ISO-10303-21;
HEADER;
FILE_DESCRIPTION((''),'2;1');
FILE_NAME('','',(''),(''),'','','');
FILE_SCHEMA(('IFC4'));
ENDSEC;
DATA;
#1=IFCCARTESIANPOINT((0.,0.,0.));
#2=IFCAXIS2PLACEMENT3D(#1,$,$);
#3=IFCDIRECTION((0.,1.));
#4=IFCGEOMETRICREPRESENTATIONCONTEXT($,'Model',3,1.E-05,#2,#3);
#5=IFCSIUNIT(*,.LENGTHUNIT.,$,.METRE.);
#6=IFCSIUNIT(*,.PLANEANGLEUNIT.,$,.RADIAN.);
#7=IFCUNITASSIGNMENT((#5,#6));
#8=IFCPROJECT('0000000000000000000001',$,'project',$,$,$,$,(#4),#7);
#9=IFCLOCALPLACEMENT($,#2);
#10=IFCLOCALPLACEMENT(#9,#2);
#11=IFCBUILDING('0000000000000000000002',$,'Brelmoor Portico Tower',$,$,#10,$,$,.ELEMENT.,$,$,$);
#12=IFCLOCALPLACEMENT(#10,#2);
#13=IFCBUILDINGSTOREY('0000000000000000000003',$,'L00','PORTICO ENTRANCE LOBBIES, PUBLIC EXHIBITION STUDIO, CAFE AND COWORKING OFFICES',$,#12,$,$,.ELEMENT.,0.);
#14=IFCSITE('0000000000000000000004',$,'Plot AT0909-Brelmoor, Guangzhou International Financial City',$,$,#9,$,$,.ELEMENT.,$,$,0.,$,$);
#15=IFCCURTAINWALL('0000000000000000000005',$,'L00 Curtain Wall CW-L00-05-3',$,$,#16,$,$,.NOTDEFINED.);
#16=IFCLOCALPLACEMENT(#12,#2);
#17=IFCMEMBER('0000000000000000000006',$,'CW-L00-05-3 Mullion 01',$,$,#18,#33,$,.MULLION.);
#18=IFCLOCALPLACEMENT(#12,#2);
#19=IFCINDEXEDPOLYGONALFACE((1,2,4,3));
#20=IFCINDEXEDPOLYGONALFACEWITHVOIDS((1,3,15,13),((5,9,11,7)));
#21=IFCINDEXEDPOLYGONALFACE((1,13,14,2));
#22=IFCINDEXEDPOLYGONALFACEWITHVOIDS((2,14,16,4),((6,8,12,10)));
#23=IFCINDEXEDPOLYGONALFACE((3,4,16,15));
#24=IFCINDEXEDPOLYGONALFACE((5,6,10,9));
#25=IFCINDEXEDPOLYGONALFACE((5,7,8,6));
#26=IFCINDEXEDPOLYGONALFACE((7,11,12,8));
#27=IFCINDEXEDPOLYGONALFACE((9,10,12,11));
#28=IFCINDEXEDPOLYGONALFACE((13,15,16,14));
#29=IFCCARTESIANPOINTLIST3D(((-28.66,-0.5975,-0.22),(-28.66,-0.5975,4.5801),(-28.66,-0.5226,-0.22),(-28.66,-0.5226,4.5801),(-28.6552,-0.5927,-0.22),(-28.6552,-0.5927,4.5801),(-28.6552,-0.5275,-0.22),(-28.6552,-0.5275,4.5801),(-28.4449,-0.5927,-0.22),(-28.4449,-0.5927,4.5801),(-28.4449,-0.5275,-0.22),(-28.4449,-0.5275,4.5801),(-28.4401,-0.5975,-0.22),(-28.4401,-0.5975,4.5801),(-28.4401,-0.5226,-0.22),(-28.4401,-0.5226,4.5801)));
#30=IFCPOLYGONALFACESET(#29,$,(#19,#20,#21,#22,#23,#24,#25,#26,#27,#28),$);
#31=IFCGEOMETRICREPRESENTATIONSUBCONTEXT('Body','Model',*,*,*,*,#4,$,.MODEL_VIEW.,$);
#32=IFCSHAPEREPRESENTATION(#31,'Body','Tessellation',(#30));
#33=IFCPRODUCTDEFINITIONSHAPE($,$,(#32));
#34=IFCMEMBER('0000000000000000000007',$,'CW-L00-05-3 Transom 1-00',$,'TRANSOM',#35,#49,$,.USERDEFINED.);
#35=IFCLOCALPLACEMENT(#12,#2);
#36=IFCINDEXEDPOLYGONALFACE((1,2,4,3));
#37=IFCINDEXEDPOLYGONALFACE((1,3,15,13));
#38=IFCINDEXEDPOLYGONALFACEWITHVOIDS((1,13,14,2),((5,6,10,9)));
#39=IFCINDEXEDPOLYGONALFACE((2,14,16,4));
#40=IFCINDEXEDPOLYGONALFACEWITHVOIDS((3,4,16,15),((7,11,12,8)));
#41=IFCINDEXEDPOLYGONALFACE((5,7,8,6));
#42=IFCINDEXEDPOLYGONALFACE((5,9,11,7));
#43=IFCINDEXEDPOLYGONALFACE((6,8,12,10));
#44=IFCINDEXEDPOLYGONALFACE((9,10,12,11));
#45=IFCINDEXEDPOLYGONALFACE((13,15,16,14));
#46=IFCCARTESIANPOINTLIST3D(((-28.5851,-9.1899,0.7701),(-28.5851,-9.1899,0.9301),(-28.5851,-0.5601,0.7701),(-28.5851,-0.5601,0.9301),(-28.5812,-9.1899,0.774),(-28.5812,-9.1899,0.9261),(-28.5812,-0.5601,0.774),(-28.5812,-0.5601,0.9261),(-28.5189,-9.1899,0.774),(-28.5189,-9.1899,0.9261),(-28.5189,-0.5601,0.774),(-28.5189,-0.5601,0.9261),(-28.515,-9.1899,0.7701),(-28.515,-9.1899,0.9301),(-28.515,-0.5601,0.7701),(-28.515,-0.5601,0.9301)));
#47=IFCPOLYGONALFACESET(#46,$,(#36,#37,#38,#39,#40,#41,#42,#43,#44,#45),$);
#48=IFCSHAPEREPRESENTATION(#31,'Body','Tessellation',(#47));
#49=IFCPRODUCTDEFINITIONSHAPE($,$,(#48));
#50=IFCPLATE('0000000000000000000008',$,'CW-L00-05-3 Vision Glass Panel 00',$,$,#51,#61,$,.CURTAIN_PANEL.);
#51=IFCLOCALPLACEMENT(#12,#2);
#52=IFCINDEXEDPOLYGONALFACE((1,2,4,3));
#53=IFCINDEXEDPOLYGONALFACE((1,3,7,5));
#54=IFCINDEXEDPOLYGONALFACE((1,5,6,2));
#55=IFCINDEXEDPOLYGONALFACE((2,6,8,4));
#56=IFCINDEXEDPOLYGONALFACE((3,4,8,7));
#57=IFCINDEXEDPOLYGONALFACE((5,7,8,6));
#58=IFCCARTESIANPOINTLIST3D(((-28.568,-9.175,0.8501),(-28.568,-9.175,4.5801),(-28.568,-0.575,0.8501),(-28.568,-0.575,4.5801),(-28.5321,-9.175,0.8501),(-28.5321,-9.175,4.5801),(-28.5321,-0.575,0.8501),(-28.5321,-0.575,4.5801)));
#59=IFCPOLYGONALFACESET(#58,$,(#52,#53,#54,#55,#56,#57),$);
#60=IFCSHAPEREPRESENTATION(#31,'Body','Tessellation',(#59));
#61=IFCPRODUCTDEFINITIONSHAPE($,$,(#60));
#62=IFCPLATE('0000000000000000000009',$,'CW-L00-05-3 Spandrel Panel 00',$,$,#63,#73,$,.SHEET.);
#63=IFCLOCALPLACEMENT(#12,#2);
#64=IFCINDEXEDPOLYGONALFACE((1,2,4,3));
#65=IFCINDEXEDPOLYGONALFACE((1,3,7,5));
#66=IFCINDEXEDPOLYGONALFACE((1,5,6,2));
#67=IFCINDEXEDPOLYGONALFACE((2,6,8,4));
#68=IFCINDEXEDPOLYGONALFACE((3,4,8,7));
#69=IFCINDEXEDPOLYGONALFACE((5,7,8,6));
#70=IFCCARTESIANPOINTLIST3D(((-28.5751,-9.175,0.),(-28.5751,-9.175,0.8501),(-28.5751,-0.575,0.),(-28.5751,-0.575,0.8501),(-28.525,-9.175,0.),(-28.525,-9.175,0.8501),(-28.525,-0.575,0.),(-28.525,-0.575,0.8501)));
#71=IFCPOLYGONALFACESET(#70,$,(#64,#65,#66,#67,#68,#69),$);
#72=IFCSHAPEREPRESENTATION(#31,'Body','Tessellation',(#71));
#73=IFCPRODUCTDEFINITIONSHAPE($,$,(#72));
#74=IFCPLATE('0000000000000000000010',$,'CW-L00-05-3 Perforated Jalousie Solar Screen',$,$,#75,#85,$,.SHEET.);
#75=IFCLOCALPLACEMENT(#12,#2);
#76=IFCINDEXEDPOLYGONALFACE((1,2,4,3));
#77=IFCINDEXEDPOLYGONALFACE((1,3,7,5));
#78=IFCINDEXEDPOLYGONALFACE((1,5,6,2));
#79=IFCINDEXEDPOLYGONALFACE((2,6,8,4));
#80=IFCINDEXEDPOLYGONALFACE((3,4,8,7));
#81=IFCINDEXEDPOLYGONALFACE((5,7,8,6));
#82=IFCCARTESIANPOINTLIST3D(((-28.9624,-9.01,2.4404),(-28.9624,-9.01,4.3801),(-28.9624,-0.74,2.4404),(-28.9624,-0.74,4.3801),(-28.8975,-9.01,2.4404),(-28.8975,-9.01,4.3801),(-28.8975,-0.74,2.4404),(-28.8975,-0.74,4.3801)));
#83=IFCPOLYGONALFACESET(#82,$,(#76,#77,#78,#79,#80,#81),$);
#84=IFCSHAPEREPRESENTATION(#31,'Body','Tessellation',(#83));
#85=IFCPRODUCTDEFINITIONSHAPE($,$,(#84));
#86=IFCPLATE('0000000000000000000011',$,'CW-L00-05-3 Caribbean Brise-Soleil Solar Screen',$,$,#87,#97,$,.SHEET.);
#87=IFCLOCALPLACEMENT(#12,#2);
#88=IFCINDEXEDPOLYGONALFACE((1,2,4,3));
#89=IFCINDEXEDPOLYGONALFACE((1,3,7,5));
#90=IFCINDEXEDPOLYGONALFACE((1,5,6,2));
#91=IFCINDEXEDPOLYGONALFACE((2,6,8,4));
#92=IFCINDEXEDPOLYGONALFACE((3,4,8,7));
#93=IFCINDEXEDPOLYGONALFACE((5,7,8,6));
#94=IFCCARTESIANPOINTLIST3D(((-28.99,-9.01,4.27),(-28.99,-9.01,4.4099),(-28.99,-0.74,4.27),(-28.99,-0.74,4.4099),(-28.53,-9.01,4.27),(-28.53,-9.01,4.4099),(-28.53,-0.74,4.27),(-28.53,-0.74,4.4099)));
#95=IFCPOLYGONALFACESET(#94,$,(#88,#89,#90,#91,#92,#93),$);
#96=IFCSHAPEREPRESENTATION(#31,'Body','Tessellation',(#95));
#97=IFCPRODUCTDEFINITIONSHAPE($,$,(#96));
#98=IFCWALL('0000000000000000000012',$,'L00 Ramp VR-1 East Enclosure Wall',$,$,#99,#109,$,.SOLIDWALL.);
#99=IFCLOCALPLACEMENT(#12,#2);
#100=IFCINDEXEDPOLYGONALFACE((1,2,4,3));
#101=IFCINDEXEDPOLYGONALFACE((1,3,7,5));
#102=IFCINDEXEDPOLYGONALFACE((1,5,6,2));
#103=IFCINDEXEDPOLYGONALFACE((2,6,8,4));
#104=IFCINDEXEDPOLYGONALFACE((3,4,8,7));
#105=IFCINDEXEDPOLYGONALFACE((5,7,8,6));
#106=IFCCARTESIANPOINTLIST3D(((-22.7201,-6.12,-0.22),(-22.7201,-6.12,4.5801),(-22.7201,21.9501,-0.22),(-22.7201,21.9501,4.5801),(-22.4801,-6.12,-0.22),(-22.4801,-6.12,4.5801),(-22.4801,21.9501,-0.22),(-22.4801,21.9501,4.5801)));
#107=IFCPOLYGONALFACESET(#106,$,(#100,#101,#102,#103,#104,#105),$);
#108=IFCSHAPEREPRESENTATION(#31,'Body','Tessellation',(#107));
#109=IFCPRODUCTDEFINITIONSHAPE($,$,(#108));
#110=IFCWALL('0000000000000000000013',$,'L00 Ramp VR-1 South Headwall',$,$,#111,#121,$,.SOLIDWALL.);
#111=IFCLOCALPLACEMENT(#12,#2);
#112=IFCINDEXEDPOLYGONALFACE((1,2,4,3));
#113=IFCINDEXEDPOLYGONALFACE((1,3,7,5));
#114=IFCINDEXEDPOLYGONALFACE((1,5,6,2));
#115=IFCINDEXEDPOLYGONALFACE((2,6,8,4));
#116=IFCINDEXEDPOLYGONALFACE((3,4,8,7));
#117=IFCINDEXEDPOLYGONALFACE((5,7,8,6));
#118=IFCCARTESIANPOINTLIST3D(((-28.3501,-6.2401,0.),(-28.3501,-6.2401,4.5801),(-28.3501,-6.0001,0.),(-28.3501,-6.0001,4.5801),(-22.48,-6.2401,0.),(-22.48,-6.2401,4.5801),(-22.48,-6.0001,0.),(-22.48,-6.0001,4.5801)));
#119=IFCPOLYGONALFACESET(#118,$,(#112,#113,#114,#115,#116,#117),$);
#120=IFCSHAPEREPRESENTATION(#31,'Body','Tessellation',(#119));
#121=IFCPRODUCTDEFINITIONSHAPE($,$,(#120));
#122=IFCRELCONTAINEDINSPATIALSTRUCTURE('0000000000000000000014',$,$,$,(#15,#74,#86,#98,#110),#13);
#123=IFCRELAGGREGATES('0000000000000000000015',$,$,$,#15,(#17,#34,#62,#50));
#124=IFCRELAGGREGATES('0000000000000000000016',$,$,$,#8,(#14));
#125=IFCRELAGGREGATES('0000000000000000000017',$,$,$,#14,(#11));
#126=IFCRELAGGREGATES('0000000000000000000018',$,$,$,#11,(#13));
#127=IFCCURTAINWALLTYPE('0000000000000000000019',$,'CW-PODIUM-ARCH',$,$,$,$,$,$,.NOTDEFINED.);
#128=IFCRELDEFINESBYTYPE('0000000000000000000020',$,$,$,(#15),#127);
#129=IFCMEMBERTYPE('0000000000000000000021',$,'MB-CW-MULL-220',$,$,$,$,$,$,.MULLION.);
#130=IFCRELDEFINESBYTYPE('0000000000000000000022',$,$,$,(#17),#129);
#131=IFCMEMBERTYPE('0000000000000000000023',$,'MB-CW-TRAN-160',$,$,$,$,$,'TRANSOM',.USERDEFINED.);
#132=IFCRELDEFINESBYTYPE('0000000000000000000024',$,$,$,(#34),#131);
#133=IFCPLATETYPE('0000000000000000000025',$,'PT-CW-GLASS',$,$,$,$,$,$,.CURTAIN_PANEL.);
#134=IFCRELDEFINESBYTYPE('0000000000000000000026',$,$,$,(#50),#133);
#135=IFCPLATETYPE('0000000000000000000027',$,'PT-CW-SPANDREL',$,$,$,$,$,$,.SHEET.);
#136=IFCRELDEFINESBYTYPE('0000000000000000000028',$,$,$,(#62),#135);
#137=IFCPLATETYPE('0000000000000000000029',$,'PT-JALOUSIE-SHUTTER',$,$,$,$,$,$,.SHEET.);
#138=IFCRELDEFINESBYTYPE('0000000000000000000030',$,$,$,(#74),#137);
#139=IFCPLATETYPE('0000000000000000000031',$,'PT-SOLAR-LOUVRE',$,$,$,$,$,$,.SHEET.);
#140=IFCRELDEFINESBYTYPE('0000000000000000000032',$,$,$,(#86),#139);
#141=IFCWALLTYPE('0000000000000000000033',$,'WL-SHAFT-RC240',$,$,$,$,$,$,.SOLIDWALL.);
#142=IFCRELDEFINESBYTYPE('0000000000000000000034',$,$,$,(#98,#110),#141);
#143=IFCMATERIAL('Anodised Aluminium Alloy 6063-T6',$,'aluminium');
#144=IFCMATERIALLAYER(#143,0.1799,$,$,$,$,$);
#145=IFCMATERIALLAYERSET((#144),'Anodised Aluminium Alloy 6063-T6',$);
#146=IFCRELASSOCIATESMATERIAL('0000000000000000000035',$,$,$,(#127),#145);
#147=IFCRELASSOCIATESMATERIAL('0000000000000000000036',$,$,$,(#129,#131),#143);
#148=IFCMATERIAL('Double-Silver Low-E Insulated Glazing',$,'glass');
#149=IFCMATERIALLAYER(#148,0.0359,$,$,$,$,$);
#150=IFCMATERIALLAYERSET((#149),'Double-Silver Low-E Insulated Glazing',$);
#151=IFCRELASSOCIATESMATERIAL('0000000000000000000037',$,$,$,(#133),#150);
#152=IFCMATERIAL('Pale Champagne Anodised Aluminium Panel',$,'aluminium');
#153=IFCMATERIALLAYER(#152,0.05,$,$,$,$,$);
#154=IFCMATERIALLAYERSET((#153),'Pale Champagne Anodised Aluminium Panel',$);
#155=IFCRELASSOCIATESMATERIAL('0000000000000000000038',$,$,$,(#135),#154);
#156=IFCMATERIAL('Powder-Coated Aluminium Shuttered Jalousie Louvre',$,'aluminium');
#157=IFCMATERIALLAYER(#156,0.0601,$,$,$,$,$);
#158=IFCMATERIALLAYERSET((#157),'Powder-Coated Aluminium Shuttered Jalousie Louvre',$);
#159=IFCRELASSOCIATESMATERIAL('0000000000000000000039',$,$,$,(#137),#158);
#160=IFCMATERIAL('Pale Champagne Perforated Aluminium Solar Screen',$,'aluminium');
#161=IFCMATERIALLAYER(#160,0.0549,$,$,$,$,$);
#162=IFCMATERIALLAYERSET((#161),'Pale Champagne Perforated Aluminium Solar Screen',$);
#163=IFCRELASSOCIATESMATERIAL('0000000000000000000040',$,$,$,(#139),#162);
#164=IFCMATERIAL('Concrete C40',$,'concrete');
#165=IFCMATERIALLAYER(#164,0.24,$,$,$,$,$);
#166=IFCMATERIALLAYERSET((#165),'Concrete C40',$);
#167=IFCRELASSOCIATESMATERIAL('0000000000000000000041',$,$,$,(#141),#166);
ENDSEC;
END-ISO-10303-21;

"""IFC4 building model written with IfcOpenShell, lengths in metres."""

from ifc_helpers import new_model, si_unit, direction, frame, frame_2d, origin, origin_2d, place, context, subcontext, project, spatial, rectangle, hollow_rectangle, extrude, material, layer, layer_set, material_profile, profile_set, type_object, element, aggregate, save


model = new_model("IFC4")

# Units and contexts
model_context = context("Model", 3, precision=1e-05, world=origin(), true_north=direction((0.0, 1.0)))
body_context = subcontext(model_context, "Body", "Model", "MODEL_VIEW")
ifc_project = project(units=[si_unit("LENGTHUNIT", "METRE"), si_unit("PLANEANGLEUNIT", "RADIAN")], contexts=[model_context])

# Site, building, storey
site_placement = place(None, origin())
site = spatial("IfcSite", under=ifc_project, at=site_placement, Name="Plot AT0909-Brelmoor, Guangzhou International Financial City", CompositionType="ELEMENT", RefElevation=0.0)
building_placement = place(site_placement, origin())
building = spatial("IfcBuilding", under=site, at=building_placement, Name="Brelmoor Portico Tower", CompositionType="ELEMENT")
storey_placement = place(building_placement, origin())
storey = spatial("IfcBuildingStorey", under=building, at=storey_placement, Name="L00", Description="PORTICO ENTRANCE LOBBIES, PUBLIC EXHIBITION STUDIO, CAFE AND COWORKING OFFICES", CompositionType="ELEMENT", Elevation=0.0)

# Shared definitions
ifc_material_1 = material(Name="Anodised Aluminium Alloy 6063-T6", Category="aluminium")
ifc_layer_1 = layer(ifc_material_1, 0.1799)
ifc_layer_set_1 = layer_set([ifc_layer_1], Name="Anodised Aluminium Alloy 6063-T6")
curtain_wall_type = type_object("IfcCurtainWallType", Name="CW-PODIUM-ARCH", PredefinedType="NOTDEFINED", material=ifc_layer_set_1)
ifc_material_profile_1 = material_profile(ifc_material_1, hollow_rectangle(XDim=0.075, YDim=0.22, WallThickness=0.0049, at=origin_2d()), Name="ALU MULLION 75x220")
ifc_profile_set_1 = profile_set([ifc_material_profile_1], Name="Anodised Aluminium Alloy 6063-T6")
member_type_1 = type_object("IfcMemberType", Name="MB-CW-MULL-220", PredefinedType="MULLION", material=ifc_profile_set_1)

# Curtain wall, members, plates
curtain_wall_1_placement = place(storey_placement, origin())
curtain_wall_1 = element("IfcCurtainWall", 1, at=curtain_wall_1_placement, inside=storey, type_object=curtain_wall_type, Name="L00 Curtain Wall CW-L00-05-3", PredefinedType="NOTDEFINED")
member_1_placement = place(storey_placement, frame((-28.55, -0.5601, -0.22), z_axis=(0.0, 0.0, 1.0), x_axis=(0.0, 1.0, 0.0)))
member_1 = element("IfcMember", 2, at=member_1_placement, type_object=member_type_1, Name="CW-L00-05-3 Mullion 01", PredefinedType="MULLION", context=body_context, shape_type="SweptSolid", body=[
    extrude(hollow_rectangle(XDim=0.075, YDim=0.22, WallThickness=0.0049, at=origin_2d()), origin(), (0.0, 0.0, 1.0), 4.8),
])
ifc_material_profile_2 = material_profile(ifc_material_1, hollow_rectangle(XDim=0.0701, YDim=0.1599, WallThickness=0.0039, at=origin_2d()), Name="ALU TRANSOM 70x160")
ifc_profile_set_2 = profile_set([ifc_material_profile_2], Name="Anodised Aluminium Alloy 6063-T6")
member_type_2 = type_object("IfcMemberType", Name="MB-CW-TRAN-160", ElementType="TRANSOM", PredefinedType="USERDEFINED", material=ifc_profile_set_2)
member_2_placement = place(storey_placement, frame((-28.55, -9.1899, 0.8501), z_axis=(0.0, 1.0, 0.0), x_axis=(-1.0, 0.0, 0.0)))
member_2 = element("IfcMember", 3, at=member_2_placement, type_object=member_type_2, Name="CW-L00-05-3 Transom 1-00", ObjectType="TRANSOM", PredefinedType="USERDEFINED", context=body_context, shape_type="SweptSolid", body=[
    extrude(hollow_rectangle(XDim=0.0701, YDim=0.1599, WallThickness=0.0039, at=origin_2d()), origin(), (0.0, 0.0, 1.0), 8.6299),
])
ifc_material_2 = material(Name="Double-Silver Low-E Insulated Glazing", Category="glass")
ifc_layer_2 = layer(ifc_material_2, 0.0359)
ifc_layer_set_2 = layer_set([ifc_layer_2], Name="Double-Silver Low-E Insulated Glazing")
plate_type_1 = type_object("IfcPlateType", Name="PT-CW-GLASS", PredefinedType="CURTAIN_PANEL", material=ifc_layer_set_2)
plate_1_placement = place(storey_placement, frame((-28.55, -4.875, 0.8501), z_axis=(0.0, 0.0, 1.0), x_axis=(0.0, 1.0, 0.0)))
plate_1 = element("IfcPlate", 4, at=plate_1_placement, type_object=plate_type_1, Name="CW-L00-05-3 Vision Glass Panel 00", PredefinedType="CURTAIN_PANEL", context=body_context, shape_type="SweptSolid", body=[
    extrude(rectangle(XDim=8.6001, YDim=0.0359, at=origin_2d()), origin(), (0.0, 0.0, 1.0), 3.73),
])
ifc_material_3 = material(Name="Pale Champagne Anodised Aluminium Panel", Category="aluminium")
ifc_layer_3 = layer(ifc_material_3, 0.05)
ifc_layer_set_3 = layer_set([ifc_layer_3], Name="Pale Champagne Anodised Aluminium Panel")
plate_type_2 = type_object("IfcPlateType", Name="PT-CW-SPANDREL", PredefinedType="SHEET", material=ifc_layer_set_3)
plate_2_placement = place(storey_placement, frame((-28.55, -4.875, 0.0), z_axis=(0.0, 0.0, 1.0), x_axis=(0.0, 1.0, 0.0)))
plate_2 = element("IfcPlate", 5, at=plate_2_placement, type_object=plate_type_2, Name="CW-L00-05-3 Spandrel Panel 00", PredefinedType="SHEET", context=body_context, shape_type="SweptSolid", body=[
    extrude(rectangle(XDim=8.6001, YDim=0.05, at=origin_2d()), origin(), (0.0, 0.0, 1.0), 0.8501),
])
aggregate(curtain_wall_1, [member_1, member_2, plate_2, plate_1])

# Plates
ifc_material_4 = material(Name="Powder-Coated Aluminium Shuttered Jalousie Louvre", Category="aluminium")
ifc_layer_4 = layer(ifc_material_4, 0.0601)
ifc_layer_set_4 = layer_set([ifc_layer_4], Name="Powder-Coated Aluminium Shuttered Jalousie Louvre")
plate_type_3 = type_object("IfcPlateType", Name="PT-JALOUSIE-SHUTTER", PredefinedType="SHEET", material=ifc_layer_set_4)
plate_3_placement = place(storey_placement, frame((-28.9299, -4.875, 2.4404), z_axis=(0.0, 0.0, 1.0), x_axis=(0.0, 1.0, 0.0)))
element("IfcPlate", 6, at=plate_3_placement, inside=storey, type_object=plate_type_3, Name="CW-L00-05-3 Perforated Jalousie Solar Screen", PredefinedType="SHEET", context=body_context, shape_type="SweptSolid", body=[
    extrude(rectangle(XDim=8.27, YDim=0.0649, at=origin_2d()), origin(), (0.0, 0.0, 1.0), 1.9397),
])
ifc_material_5 = material(Name="Pale Champagne Perforated Aluminium Solar Screen", Category="aluminium")
ifc_layer_5 = layer(ifc_material_5, 0.0549)
ifc_layer_set_5 = layer_set([ifc_layer_5], Name="Pale Champagne Perforated Aluminium Solar Screen")
plate_type_4 = type_object("IfcPlateType", Name="PT-SOLAR-LOUVRE", PredefinedType="SHEET", material=ifc_layer_set_5)
plate_4_placement = place(storey_placement, frame((-28.76, -4.875, 4.27), z_axis=(0.0, 0.0, 1.0), x_axis=(0.0, 1.0, 0.0)))
element("IfcPlate", 7, at=plate_4_placement, inside=storey, type_object=plate_type_4, Name="CW-L00-05-3 Caribbean Brise-Soleil Solar Screen", PredefinedType="SHEET", context=body_context, shape_type="SweptSolid", body=[
    extrude(rectangle(XDim=8.27, YDim=0.46, at=origin_2d()), origin(), (0.0, 0.0, 1.0), 0.1399),
])

# Walls
ifc_material_6 = material(Name="Concrete C40", Category="concrete")
ifc_layer_6 = layer(ifc_material_6, 0.24)
ifc_layer_set_6 = layer_set([ifc_layer_6], Name="Concrete C40")
wall_type = type_object("IfcWallType", Name="WL-SHAFT-RC240", PredefinedType="SOLIDWALL", material=ifc_layer_set_6)
wall_1_placement = place(storey_placement, frame((-22.6001, -6.1201, -0.22), z_axis=(0.0, 0.0, 1.0), x_axis=(0.0, 1.0, 0.0)))
element("IfcWall", 8, at=wall_1_placement, inside=storey, type_object=wall_type, Name="L00 Ramp VR-1 East Enclosure Wall", PredefinedType="SOLIDWALL", context=body_context, shape_type="SweptSolid", body=[
    extrude(rectangle(XDim=28.0701, YDim=0.24, at=frame_2d((14.0352, 0.0))), origin(), (0.0, 0.0, 1.0), 4.8),
])
wall_2_placement = place(storey_placement, frame((-28.3501, -6.1201, 0.0), z_axis=(0.0, 0.0, 1.0), x_axis=(1.0, 0.0, 0.0)))
element("IfcWall", 9, at=wall_2_placement, inside=storey, type_object=wall_type, Name="L00 Ramp VR-1 South Headwall", PredefinedType="SOLIDWALL", context=body_context, shape_type="SweptSolid", body=[
    extrude(rectangle(XDim=5.8701, YDim=0.24, at=frame_2d((2.9351, 0.0))), origin(), (0.0, 0.0, 1.0), 4.5801),
])

save(model, "model.ifc")
